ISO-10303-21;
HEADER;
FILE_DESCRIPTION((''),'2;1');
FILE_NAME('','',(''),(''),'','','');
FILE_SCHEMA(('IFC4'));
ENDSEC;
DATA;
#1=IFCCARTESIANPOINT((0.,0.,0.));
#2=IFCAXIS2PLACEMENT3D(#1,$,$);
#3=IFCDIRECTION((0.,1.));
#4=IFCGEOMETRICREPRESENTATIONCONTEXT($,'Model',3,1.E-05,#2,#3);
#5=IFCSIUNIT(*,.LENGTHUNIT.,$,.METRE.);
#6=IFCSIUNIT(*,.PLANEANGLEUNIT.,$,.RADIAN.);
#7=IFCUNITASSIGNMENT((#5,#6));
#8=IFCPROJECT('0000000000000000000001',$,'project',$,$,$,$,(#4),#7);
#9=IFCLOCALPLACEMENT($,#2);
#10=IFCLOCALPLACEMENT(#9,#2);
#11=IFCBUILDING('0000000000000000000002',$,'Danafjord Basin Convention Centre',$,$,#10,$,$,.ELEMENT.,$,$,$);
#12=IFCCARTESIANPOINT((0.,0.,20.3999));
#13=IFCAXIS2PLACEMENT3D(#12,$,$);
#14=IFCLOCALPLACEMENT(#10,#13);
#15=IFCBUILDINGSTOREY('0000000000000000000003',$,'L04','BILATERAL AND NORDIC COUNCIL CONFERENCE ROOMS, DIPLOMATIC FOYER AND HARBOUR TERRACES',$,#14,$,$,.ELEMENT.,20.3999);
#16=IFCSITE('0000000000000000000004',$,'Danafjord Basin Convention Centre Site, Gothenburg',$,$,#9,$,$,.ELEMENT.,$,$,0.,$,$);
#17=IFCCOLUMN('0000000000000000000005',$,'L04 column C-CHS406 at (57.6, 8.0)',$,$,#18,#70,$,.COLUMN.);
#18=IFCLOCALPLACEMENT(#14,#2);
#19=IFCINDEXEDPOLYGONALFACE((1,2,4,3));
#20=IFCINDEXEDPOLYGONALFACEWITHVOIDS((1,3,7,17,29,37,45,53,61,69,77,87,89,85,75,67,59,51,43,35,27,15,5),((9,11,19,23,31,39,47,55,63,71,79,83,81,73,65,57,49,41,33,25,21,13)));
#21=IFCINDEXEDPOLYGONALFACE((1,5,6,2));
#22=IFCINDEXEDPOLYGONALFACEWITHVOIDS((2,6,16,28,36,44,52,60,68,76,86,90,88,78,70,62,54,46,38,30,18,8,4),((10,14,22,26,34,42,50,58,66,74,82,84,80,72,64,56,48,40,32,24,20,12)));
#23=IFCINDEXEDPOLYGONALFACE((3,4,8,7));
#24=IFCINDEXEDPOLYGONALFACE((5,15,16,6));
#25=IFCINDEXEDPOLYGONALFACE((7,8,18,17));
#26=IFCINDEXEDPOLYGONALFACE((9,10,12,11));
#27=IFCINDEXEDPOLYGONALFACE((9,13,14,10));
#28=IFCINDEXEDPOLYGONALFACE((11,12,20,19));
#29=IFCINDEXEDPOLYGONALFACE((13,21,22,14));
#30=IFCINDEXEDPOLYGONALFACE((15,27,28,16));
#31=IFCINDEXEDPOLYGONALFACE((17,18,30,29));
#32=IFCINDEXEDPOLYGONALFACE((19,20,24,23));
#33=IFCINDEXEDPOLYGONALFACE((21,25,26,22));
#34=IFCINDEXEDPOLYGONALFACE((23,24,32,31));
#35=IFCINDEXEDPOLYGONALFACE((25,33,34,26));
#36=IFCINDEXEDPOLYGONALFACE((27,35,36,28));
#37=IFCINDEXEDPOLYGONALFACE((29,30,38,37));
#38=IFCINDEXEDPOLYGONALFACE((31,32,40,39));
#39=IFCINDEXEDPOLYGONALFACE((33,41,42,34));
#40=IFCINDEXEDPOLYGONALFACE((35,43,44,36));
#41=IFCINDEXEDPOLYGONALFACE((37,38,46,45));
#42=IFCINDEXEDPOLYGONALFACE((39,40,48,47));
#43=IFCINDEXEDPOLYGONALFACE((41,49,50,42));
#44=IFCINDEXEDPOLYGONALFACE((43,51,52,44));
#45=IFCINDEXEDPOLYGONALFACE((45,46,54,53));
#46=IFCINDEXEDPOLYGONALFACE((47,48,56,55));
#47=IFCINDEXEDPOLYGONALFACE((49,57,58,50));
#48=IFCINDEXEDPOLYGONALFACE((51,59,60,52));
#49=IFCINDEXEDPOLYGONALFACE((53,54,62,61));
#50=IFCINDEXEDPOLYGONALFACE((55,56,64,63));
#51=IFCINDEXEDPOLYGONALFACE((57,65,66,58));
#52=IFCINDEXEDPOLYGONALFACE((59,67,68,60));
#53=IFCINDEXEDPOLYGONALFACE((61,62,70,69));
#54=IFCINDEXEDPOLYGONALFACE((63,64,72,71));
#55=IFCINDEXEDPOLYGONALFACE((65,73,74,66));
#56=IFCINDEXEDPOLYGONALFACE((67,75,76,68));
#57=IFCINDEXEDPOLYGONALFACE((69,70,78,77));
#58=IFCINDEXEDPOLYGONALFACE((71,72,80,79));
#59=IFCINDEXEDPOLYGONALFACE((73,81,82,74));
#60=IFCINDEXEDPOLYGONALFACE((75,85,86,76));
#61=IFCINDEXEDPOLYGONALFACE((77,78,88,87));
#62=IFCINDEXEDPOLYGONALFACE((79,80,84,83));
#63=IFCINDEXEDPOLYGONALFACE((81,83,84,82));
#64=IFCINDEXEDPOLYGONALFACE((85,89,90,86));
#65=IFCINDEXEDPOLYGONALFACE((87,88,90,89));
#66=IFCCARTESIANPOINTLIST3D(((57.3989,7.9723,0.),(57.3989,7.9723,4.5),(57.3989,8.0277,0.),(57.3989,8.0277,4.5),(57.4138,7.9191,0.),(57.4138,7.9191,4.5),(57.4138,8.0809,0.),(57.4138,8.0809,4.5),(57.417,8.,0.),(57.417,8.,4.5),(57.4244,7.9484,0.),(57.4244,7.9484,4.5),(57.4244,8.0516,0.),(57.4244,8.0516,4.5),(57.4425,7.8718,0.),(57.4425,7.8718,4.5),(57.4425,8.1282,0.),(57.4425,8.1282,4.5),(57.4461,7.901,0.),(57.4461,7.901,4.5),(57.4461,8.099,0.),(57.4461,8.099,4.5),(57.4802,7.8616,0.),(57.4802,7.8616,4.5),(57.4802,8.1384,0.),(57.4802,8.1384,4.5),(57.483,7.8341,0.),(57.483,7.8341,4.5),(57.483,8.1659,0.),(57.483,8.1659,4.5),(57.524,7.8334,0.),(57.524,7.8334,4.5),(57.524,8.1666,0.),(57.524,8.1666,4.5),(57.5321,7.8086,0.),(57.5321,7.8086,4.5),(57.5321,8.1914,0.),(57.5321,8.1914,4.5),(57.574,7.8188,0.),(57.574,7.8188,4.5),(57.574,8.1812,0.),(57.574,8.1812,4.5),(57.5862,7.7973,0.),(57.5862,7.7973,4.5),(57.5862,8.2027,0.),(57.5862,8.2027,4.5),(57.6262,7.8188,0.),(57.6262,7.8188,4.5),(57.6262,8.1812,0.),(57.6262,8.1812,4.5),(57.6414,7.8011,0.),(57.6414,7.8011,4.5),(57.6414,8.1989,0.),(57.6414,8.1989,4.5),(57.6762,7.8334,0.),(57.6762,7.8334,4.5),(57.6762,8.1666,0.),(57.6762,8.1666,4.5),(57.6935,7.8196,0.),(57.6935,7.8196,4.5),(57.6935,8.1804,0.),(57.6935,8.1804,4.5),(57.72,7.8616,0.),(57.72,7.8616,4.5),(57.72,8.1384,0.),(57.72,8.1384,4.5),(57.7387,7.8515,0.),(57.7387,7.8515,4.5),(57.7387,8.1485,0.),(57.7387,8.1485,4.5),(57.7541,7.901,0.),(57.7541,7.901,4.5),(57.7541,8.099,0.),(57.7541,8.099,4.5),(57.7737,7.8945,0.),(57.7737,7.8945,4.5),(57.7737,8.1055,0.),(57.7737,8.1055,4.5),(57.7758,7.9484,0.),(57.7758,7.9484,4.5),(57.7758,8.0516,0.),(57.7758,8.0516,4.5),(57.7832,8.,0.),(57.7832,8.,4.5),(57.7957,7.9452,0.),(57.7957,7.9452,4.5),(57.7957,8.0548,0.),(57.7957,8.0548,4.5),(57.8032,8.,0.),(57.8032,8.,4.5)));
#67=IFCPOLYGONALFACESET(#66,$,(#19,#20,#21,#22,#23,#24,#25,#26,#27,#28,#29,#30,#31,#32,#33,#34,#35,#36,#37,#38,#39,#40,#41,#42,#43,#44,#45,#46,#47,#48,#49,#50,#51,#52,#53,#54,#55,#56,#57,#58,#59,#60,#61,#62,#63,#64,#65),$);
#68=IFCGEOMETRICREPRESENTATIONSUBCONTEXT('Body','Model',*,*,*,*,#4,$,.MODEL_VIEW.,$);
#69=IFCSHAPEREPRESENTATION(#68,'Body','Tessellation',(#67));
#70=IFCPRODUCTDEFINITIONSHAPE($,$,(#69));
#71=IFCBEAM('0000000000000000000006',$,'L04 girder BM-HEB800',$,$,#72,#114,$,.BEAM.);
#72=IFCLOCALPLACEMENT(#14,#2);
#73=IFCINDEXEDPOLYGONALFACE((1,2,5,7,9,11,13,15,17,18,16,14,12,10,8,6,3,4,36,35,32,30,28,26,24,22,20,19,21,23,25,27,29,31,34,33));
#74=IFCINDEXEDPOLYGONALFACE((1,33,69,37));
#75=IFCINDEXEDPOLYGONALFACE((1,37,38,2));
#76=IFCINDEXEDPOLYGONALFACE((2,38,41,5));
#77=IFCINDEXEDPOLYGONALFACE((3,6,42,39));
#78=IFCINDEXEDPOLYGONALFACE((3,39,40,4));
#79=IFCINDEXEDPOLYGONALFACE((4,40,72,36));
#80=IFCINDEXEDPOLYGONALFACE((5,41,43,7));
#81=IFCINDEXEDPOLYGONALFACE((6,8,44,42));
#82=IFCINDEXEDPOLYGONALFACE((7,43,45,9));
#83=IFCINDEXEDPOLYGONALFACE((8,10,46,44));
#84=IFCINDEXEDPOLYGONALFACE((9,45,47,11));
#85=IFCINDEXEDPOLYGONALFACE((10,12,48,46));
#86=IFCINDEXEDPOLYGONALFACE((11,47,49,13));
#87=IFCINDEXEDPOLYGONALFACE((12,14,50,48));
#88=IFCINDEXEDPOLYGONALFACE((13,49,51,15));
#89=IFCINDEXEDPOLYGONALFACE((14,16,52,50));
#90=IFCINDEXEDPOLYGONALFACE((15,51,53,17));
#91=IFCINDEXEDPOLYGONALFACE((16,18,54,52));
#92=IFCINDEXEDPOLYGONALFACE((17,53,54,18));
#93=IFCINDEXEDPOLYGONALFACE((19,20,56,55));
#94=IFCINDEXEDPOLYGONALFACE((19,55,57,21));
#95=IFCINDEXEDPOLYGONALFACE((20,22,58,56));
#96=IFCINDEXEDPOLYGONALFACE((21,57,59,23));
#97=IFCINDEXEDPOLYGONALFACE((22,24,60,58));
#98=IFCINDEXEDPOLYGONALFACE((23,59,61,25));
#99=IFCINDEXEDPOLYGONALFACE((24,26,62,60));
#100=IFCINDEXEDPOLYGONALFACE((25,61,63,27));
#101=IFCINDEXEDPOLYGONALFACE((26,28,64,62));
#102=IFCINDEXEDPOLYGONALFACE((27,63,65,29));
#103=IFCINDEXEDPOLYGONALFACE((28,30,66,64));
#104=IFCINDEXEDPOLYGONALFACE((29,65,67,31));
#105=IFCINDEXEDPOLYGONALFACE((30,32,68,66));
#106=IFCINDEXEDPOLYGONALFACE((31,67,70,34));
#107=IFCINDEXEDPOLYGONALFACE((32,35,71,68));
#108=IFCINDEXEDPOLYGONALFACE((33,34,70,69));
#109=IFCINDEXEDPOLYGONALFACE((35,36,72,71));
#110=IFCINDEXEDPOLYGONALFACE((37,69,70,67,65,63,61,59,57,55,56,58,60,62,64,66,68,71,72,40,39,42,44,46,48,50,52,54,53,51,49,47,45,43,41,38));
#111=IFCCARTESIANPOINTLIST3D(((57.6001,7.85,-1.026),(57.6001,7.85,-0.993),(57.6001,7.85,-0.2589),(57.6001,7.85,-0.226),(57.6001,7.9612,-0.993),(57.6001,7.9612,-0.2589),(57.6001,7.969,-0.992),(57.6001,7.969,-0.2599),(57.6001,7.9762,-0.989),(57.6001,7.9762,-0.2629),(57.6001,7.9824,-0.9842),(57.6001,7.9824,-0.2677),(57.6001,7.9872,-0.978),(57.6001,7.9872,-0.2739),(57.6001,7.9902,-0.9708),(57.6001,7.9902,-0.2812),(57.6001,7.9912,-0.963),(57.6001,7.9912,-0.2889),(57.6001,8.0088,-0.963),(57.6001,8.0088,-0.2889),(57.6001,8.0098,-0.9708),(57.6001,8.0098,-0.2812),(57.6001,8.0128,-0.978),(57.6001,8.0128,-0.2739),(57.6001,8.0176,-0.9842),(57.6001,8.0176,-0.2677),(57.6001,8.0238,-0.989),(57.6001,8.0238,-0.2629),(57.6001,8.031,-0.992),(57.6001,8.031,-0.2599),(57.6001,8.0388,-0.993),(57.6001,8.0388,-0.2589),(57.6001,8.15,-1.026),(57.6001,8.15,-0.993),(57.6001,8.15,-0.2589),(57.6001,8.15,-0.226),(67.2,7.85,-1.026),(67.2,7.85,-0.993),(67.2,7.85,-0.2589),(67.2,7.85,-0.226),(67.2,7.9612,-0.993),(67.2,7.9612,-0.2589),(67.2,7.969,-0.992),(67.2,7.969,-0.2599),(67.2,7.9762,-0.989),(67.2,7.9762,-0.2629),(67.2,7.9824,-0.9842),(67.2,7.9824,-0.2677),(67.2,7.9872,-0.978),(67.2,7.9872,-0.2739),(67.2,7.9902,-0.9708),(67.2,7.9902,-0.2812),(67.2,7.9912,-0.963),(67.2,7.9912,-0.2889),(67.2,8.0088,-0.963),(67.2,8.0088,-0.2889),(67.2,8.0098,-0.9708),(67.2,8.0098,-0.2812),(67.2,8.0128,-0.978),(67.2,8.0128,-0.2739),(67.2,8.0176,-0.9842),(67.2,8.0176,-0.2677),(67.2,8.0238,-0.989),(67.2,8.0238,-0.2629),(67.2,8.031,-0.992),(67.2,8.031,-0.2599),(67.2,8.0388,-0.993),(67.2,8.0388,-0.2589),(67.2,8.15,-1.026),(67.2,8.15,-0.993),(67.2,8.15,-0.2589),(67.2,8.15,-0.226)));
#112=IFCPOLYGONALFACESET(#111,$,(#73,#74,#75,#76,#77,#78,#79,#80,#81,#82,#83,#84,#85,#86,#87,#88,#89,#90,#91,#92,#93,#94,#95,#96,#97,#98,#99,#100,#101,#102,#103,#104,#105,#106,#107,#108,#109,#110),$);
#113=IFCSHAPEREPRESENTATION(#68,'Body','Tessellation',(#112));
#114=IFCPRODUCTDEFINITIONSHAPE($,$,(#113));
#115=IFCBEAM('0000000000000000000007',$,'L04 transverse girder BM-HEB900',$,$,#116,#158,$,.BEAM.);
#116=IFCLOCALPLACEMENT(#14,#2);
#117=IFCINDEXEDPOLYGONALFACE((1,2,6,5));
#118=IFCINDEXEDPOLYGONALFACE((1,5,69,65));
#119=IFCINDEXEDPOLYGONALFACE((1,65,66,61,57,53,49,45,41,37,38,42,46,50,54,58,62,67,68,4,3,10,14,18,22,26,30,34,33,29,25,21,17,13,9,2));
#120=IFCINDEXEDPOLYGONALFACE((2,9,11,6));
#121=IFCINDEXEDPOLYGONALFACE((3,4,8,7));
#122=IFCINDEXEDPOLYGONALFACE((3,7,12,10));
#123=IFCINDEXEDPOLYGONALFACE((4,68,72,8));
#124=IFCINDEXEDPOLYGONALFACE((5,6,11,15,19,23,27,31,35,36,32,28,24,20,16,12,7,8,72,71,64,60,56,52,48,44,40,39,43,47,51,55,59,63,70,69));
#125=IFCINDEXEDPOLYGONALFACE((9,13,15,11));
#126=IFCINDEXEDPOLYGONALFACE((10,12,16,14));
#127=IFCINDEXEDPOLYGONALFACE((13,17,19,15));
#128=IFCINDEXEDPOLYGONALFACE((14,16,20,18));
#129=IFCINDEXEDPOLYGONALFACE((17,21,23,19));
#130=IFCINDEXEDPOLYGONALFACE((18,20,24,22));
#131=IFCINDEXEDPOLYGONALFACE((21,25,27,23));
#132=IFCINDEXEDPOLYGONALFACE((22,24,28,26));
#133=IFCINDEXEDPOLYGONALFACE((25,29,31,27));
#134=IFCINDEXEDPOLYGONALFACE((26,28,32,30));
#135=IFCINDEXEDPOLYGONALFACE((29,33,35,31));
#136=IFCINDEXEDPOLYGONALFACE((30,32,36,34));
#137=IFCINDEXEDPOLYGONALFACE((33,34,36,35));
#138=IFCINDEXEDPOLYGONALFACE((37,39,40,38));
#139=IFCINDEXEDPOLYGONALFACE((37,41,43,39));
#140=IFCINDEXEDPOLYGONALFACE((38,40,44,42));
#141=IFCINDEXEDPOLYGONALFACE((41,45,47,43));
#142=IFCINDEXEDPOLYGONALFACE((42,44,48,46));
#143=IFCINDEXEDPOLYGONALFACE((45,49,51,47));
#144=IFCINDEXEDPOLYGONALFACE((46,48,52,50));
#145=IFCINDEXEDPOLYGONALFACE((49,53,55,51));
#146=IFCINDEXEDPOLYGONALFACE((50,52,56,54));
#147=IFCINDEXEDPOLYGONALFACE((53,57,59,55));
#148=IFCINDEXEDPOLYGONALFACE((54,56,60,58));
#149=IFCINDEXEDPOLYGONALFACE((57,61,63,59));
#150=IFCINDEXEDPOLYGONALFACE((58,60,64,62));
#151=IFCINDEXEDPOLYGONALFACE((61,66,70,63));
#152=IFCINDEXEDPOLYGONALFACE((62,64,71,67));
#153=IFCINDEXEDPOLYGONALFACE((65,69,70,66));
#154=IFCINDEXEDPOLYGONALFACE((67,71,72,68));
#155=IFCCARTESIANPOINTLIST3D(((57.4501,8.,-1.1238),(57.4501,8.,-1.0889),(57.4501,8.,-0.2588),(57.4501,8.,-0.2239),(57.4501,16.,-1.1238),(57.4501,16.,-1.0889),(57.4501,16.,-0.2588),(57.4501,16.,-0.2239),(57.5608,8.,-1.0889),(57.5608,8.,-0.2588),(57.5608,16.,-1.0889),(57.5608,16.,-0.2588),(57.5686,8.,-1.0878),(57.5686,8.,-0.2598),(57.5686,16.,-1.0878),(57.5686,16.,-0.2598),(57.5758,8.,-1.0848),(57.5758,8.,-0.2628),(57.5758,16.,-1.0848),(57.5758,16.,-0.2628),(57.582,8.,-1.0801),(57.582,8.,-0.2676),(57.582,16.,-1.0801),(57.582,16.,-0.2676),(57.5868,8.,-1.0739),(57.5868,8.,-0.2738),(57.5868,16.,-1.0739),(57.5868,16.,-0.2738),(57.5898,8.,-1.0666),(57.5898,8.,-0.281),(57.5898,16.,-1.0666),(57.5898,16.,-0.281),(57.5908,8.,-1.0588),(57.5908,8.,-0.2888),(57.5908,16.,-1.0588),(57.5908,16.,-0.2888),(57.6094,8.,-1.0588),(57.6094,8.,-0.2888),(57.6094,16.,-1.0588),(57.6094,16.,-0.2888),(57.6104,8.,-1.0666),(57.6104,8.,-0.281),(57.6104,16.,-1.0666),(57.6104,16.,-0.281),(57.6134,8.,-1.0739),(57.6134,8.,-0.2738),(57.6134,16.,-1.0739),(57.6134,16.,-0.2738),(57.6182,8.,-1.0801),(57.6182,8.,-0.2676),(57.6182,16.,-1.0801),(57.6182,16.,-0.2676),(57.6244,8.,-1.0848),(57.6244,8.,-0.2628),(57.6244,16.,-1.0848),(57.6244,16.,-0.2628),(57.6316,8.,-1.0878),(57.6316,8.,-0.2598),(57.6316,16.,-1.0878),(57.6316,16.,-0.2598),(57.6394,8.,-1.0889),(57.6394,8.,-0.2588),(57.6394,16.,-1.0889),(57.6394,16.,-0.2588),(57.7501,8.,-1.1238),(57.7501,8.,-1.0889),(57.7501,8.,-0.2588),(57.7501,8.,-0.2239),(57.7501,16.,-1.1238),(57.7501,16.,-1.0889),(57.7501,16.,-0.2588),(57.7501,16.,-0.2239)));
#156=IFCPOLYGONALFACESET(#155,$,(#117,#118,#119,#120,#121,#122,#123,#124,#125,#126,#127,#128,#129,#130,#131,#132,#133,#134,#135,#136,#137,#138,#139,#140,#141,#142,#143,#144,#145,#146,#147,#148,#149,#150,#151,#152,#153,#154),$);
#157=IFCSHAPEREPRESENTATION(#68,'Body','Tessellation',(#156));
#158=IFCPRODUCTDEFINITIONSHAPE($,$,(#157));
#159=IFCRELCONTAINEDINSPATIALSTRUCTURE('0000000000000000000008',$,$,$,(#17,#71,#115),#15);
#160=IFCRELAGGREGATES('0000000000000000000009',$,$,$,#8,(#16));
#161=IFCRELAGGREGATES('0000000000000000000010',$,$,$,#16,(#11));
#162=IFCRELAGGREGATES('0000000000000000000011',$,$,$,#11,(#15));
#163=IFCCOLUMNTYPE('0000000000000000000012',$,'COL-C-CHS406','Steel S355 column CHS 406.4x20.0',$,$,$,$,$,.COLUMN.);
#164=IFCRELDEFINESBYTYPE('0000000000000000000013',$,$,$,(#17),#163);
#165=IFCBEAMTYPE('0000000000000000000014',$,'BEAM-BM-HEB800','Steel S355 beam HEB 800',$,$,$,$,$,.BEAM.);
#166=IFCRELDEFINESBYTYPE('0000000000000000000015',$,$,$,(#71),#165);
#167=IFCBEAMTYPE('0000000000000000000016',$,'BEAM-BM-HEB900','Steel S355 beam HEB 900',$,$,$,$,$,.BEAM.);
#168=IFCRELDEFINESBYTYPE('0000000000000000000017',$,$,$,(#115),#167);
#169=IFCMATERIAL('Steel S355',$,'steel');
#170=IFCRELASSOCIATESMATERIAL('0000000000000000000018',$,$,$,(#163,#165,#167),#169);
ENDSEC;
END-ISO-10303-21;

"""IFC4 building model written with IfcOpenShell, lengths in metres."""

from ifc_helpers import new_model, si_unit, direction, frame, origin, origin_2d, place, context, subcontext, project, spatial, hollow_circle, i_section, extrude, material, material_profile, profile_set, type_object, element, save


model = new_model("IFC4")

# Units and contexts
model_context = context("Model", 3, precision=1e-05, world=origin(), true_north=direction((0.0, 1.0)))
body_context = subcontext(model_context, "Body", "Model", "MODEL_VIEW")
ifc_project = project(units=[si_unit("LENGTHUNIT", "METRE"), si_unit("PLANEANGLEUNIT", "RADIAN")], contexts=[model_context])

# Site, building, storey
site_placement = place(None, origin())
site = spatial("IfcSite", under=ifc_project, at=site_placement, Name="Danafjord Basin Convention Centre Site, Gothenburg", CompositionType="ELEMENT", RefElevation=0.0)
building_placement = place(site_placement, origin())
building = spatial("IfcBuilding", under=site, at=building_placement, Name="Danafjord Basin Convention Centre", CompositionType="ELEMENT")
storey_placement = place(building_placement, frame((0.0, 0.0, 20.3999)))
storey = spatial("IfcBuildingStorey", under=building, at=storey_placement, Name="L04", Description="BILATERAL AND NORDIC COUNCIL CONFERENCE ROOMS, DIPLOMATIC FOYER AND HARBOUR TERRACES", CompositionType="ELEMENT", Elevation=20.3999)

# Column
ifc_material_1 = material(Name="Steel S355", Category="steel")
ifc_material_profile_1 = material_profile(ifc_material_1, hollow_circle(Radius=0.2031, WallThickness=0.02, at=origin_2d()), Name="CHS 406.4x20.0")
ifc_profile_set_1 = profile_set([ifc_material_profile_1], Name="Steel S355")
column_type = type_object("IfcColumnType", Name="COL-C-CHS406", Description="Steel S355 column CHS 406.4x20.0", PredefinedType="COLUMN", material=ifc_profile_set_1)
column_placement = place(storey_placement, frame((57.6001, 8.0, 0.0), z_axis=(0.0, 0.0, 1.0), x_axis=(1.0, 0.0, 0.0)))
element("IfcColumn", 1, at=column_placement, inside=storey, type_object=column_type, Name="L04 column C-CHS406 at (57.6, 8.0)", PredefinedType="COLUMN", context=body_context, shape_type="SweptSolid", body=[
    extrude(hollow_circle(Radius=0.2031, WallThickness=0.02, at=origin_2d()), origin(), (0.0, 0.0, 1.0), 4.5),
])

# Beams
ifc_material_profile_2 = material_profile(ifc_material_1, i_section(OverallWidth=0.3, OverallDepth=0.8, WebThickness=0.0176, FlangeThickness=0.033, FilletRadius=0.03, at=origin_2d()), Name="HEB 800")
ifc_profile_set_2 = profile_set([ifc_material_profile_2], Name="Steel S355")
beam_type_1 = type_object("IfcBeamType", Name="BEAM-BM-HEB800", Description="Steel S355 beam HEB 800", PredefinedType="BEAM", material=ifc_profile_set_2)
beam_1_placement = place(storey_placement, frame((57.6001, 8.0, -0.626), z_axis=(1.0, 0.0, 0.0), x_axis=(0.0, 1.0, 0.0)))
element("IfcBeam", 2, at=beam_1_placement, inside=storey, type_object=beam_type_1, Name="L04 girder BM-HEB800", PredefinedType="BEAM", context=body_context, shape_type="SweptSolid", body=[
    extrude(i_section(OverallWidth=0.3, OverallDepth=0.8, WebThickness=0.0176, FlangeThickness=0.033, FilletRadius=0.03, at=origin_2d()), origin(), (0.0, 0.0, 1.0), 9.5999),
])
ifc_material_profile_3 = material_profile(ifc_material_1, i_section(OverallWidth=0.3, OverallDepth=0.8999, WebThickness=0.0186, FlangeThickness=0.0349, FilletRadius=0.03, at=origin_2d()), Name="HEB 900")
ifc_profile_set_3 = profile_set([ifc_material_profile_3], Name="Steel S355")
beam_type_2 = type_object("IfcBeamType", Name="BEAM-BM-HEB900", Description="Steel S355 beam HEB 900", PredefinedType="BEAM", material=ifc_profile_set_3)
beam_2_placement = place(storey_placement, frame((57.6001, 8.0, -0.6738), z_axis=(0.0, 1.0, 0.0), x_axis=(-1.0, 0.0, 0.0)))
element("IfcBeam", 3, at=beam_2_placement, inside=storey, type_object=beam_type_2, Name="L04 transverse girder BM-HEB900", PredefinedType="BEAM", context=body_context, shape_type="SweptSolid", body=[
    extrude(i_section(OverallWidth=0.3, OverallDepth=0.8999, WebThickness=0.0186, FlangeThickness=0.0349, FilletRadius=0.03, at=origin_2d()), origin(), (0.0, 0.0, 1.0), 8.0),
])

save(model, "model.ifc")
